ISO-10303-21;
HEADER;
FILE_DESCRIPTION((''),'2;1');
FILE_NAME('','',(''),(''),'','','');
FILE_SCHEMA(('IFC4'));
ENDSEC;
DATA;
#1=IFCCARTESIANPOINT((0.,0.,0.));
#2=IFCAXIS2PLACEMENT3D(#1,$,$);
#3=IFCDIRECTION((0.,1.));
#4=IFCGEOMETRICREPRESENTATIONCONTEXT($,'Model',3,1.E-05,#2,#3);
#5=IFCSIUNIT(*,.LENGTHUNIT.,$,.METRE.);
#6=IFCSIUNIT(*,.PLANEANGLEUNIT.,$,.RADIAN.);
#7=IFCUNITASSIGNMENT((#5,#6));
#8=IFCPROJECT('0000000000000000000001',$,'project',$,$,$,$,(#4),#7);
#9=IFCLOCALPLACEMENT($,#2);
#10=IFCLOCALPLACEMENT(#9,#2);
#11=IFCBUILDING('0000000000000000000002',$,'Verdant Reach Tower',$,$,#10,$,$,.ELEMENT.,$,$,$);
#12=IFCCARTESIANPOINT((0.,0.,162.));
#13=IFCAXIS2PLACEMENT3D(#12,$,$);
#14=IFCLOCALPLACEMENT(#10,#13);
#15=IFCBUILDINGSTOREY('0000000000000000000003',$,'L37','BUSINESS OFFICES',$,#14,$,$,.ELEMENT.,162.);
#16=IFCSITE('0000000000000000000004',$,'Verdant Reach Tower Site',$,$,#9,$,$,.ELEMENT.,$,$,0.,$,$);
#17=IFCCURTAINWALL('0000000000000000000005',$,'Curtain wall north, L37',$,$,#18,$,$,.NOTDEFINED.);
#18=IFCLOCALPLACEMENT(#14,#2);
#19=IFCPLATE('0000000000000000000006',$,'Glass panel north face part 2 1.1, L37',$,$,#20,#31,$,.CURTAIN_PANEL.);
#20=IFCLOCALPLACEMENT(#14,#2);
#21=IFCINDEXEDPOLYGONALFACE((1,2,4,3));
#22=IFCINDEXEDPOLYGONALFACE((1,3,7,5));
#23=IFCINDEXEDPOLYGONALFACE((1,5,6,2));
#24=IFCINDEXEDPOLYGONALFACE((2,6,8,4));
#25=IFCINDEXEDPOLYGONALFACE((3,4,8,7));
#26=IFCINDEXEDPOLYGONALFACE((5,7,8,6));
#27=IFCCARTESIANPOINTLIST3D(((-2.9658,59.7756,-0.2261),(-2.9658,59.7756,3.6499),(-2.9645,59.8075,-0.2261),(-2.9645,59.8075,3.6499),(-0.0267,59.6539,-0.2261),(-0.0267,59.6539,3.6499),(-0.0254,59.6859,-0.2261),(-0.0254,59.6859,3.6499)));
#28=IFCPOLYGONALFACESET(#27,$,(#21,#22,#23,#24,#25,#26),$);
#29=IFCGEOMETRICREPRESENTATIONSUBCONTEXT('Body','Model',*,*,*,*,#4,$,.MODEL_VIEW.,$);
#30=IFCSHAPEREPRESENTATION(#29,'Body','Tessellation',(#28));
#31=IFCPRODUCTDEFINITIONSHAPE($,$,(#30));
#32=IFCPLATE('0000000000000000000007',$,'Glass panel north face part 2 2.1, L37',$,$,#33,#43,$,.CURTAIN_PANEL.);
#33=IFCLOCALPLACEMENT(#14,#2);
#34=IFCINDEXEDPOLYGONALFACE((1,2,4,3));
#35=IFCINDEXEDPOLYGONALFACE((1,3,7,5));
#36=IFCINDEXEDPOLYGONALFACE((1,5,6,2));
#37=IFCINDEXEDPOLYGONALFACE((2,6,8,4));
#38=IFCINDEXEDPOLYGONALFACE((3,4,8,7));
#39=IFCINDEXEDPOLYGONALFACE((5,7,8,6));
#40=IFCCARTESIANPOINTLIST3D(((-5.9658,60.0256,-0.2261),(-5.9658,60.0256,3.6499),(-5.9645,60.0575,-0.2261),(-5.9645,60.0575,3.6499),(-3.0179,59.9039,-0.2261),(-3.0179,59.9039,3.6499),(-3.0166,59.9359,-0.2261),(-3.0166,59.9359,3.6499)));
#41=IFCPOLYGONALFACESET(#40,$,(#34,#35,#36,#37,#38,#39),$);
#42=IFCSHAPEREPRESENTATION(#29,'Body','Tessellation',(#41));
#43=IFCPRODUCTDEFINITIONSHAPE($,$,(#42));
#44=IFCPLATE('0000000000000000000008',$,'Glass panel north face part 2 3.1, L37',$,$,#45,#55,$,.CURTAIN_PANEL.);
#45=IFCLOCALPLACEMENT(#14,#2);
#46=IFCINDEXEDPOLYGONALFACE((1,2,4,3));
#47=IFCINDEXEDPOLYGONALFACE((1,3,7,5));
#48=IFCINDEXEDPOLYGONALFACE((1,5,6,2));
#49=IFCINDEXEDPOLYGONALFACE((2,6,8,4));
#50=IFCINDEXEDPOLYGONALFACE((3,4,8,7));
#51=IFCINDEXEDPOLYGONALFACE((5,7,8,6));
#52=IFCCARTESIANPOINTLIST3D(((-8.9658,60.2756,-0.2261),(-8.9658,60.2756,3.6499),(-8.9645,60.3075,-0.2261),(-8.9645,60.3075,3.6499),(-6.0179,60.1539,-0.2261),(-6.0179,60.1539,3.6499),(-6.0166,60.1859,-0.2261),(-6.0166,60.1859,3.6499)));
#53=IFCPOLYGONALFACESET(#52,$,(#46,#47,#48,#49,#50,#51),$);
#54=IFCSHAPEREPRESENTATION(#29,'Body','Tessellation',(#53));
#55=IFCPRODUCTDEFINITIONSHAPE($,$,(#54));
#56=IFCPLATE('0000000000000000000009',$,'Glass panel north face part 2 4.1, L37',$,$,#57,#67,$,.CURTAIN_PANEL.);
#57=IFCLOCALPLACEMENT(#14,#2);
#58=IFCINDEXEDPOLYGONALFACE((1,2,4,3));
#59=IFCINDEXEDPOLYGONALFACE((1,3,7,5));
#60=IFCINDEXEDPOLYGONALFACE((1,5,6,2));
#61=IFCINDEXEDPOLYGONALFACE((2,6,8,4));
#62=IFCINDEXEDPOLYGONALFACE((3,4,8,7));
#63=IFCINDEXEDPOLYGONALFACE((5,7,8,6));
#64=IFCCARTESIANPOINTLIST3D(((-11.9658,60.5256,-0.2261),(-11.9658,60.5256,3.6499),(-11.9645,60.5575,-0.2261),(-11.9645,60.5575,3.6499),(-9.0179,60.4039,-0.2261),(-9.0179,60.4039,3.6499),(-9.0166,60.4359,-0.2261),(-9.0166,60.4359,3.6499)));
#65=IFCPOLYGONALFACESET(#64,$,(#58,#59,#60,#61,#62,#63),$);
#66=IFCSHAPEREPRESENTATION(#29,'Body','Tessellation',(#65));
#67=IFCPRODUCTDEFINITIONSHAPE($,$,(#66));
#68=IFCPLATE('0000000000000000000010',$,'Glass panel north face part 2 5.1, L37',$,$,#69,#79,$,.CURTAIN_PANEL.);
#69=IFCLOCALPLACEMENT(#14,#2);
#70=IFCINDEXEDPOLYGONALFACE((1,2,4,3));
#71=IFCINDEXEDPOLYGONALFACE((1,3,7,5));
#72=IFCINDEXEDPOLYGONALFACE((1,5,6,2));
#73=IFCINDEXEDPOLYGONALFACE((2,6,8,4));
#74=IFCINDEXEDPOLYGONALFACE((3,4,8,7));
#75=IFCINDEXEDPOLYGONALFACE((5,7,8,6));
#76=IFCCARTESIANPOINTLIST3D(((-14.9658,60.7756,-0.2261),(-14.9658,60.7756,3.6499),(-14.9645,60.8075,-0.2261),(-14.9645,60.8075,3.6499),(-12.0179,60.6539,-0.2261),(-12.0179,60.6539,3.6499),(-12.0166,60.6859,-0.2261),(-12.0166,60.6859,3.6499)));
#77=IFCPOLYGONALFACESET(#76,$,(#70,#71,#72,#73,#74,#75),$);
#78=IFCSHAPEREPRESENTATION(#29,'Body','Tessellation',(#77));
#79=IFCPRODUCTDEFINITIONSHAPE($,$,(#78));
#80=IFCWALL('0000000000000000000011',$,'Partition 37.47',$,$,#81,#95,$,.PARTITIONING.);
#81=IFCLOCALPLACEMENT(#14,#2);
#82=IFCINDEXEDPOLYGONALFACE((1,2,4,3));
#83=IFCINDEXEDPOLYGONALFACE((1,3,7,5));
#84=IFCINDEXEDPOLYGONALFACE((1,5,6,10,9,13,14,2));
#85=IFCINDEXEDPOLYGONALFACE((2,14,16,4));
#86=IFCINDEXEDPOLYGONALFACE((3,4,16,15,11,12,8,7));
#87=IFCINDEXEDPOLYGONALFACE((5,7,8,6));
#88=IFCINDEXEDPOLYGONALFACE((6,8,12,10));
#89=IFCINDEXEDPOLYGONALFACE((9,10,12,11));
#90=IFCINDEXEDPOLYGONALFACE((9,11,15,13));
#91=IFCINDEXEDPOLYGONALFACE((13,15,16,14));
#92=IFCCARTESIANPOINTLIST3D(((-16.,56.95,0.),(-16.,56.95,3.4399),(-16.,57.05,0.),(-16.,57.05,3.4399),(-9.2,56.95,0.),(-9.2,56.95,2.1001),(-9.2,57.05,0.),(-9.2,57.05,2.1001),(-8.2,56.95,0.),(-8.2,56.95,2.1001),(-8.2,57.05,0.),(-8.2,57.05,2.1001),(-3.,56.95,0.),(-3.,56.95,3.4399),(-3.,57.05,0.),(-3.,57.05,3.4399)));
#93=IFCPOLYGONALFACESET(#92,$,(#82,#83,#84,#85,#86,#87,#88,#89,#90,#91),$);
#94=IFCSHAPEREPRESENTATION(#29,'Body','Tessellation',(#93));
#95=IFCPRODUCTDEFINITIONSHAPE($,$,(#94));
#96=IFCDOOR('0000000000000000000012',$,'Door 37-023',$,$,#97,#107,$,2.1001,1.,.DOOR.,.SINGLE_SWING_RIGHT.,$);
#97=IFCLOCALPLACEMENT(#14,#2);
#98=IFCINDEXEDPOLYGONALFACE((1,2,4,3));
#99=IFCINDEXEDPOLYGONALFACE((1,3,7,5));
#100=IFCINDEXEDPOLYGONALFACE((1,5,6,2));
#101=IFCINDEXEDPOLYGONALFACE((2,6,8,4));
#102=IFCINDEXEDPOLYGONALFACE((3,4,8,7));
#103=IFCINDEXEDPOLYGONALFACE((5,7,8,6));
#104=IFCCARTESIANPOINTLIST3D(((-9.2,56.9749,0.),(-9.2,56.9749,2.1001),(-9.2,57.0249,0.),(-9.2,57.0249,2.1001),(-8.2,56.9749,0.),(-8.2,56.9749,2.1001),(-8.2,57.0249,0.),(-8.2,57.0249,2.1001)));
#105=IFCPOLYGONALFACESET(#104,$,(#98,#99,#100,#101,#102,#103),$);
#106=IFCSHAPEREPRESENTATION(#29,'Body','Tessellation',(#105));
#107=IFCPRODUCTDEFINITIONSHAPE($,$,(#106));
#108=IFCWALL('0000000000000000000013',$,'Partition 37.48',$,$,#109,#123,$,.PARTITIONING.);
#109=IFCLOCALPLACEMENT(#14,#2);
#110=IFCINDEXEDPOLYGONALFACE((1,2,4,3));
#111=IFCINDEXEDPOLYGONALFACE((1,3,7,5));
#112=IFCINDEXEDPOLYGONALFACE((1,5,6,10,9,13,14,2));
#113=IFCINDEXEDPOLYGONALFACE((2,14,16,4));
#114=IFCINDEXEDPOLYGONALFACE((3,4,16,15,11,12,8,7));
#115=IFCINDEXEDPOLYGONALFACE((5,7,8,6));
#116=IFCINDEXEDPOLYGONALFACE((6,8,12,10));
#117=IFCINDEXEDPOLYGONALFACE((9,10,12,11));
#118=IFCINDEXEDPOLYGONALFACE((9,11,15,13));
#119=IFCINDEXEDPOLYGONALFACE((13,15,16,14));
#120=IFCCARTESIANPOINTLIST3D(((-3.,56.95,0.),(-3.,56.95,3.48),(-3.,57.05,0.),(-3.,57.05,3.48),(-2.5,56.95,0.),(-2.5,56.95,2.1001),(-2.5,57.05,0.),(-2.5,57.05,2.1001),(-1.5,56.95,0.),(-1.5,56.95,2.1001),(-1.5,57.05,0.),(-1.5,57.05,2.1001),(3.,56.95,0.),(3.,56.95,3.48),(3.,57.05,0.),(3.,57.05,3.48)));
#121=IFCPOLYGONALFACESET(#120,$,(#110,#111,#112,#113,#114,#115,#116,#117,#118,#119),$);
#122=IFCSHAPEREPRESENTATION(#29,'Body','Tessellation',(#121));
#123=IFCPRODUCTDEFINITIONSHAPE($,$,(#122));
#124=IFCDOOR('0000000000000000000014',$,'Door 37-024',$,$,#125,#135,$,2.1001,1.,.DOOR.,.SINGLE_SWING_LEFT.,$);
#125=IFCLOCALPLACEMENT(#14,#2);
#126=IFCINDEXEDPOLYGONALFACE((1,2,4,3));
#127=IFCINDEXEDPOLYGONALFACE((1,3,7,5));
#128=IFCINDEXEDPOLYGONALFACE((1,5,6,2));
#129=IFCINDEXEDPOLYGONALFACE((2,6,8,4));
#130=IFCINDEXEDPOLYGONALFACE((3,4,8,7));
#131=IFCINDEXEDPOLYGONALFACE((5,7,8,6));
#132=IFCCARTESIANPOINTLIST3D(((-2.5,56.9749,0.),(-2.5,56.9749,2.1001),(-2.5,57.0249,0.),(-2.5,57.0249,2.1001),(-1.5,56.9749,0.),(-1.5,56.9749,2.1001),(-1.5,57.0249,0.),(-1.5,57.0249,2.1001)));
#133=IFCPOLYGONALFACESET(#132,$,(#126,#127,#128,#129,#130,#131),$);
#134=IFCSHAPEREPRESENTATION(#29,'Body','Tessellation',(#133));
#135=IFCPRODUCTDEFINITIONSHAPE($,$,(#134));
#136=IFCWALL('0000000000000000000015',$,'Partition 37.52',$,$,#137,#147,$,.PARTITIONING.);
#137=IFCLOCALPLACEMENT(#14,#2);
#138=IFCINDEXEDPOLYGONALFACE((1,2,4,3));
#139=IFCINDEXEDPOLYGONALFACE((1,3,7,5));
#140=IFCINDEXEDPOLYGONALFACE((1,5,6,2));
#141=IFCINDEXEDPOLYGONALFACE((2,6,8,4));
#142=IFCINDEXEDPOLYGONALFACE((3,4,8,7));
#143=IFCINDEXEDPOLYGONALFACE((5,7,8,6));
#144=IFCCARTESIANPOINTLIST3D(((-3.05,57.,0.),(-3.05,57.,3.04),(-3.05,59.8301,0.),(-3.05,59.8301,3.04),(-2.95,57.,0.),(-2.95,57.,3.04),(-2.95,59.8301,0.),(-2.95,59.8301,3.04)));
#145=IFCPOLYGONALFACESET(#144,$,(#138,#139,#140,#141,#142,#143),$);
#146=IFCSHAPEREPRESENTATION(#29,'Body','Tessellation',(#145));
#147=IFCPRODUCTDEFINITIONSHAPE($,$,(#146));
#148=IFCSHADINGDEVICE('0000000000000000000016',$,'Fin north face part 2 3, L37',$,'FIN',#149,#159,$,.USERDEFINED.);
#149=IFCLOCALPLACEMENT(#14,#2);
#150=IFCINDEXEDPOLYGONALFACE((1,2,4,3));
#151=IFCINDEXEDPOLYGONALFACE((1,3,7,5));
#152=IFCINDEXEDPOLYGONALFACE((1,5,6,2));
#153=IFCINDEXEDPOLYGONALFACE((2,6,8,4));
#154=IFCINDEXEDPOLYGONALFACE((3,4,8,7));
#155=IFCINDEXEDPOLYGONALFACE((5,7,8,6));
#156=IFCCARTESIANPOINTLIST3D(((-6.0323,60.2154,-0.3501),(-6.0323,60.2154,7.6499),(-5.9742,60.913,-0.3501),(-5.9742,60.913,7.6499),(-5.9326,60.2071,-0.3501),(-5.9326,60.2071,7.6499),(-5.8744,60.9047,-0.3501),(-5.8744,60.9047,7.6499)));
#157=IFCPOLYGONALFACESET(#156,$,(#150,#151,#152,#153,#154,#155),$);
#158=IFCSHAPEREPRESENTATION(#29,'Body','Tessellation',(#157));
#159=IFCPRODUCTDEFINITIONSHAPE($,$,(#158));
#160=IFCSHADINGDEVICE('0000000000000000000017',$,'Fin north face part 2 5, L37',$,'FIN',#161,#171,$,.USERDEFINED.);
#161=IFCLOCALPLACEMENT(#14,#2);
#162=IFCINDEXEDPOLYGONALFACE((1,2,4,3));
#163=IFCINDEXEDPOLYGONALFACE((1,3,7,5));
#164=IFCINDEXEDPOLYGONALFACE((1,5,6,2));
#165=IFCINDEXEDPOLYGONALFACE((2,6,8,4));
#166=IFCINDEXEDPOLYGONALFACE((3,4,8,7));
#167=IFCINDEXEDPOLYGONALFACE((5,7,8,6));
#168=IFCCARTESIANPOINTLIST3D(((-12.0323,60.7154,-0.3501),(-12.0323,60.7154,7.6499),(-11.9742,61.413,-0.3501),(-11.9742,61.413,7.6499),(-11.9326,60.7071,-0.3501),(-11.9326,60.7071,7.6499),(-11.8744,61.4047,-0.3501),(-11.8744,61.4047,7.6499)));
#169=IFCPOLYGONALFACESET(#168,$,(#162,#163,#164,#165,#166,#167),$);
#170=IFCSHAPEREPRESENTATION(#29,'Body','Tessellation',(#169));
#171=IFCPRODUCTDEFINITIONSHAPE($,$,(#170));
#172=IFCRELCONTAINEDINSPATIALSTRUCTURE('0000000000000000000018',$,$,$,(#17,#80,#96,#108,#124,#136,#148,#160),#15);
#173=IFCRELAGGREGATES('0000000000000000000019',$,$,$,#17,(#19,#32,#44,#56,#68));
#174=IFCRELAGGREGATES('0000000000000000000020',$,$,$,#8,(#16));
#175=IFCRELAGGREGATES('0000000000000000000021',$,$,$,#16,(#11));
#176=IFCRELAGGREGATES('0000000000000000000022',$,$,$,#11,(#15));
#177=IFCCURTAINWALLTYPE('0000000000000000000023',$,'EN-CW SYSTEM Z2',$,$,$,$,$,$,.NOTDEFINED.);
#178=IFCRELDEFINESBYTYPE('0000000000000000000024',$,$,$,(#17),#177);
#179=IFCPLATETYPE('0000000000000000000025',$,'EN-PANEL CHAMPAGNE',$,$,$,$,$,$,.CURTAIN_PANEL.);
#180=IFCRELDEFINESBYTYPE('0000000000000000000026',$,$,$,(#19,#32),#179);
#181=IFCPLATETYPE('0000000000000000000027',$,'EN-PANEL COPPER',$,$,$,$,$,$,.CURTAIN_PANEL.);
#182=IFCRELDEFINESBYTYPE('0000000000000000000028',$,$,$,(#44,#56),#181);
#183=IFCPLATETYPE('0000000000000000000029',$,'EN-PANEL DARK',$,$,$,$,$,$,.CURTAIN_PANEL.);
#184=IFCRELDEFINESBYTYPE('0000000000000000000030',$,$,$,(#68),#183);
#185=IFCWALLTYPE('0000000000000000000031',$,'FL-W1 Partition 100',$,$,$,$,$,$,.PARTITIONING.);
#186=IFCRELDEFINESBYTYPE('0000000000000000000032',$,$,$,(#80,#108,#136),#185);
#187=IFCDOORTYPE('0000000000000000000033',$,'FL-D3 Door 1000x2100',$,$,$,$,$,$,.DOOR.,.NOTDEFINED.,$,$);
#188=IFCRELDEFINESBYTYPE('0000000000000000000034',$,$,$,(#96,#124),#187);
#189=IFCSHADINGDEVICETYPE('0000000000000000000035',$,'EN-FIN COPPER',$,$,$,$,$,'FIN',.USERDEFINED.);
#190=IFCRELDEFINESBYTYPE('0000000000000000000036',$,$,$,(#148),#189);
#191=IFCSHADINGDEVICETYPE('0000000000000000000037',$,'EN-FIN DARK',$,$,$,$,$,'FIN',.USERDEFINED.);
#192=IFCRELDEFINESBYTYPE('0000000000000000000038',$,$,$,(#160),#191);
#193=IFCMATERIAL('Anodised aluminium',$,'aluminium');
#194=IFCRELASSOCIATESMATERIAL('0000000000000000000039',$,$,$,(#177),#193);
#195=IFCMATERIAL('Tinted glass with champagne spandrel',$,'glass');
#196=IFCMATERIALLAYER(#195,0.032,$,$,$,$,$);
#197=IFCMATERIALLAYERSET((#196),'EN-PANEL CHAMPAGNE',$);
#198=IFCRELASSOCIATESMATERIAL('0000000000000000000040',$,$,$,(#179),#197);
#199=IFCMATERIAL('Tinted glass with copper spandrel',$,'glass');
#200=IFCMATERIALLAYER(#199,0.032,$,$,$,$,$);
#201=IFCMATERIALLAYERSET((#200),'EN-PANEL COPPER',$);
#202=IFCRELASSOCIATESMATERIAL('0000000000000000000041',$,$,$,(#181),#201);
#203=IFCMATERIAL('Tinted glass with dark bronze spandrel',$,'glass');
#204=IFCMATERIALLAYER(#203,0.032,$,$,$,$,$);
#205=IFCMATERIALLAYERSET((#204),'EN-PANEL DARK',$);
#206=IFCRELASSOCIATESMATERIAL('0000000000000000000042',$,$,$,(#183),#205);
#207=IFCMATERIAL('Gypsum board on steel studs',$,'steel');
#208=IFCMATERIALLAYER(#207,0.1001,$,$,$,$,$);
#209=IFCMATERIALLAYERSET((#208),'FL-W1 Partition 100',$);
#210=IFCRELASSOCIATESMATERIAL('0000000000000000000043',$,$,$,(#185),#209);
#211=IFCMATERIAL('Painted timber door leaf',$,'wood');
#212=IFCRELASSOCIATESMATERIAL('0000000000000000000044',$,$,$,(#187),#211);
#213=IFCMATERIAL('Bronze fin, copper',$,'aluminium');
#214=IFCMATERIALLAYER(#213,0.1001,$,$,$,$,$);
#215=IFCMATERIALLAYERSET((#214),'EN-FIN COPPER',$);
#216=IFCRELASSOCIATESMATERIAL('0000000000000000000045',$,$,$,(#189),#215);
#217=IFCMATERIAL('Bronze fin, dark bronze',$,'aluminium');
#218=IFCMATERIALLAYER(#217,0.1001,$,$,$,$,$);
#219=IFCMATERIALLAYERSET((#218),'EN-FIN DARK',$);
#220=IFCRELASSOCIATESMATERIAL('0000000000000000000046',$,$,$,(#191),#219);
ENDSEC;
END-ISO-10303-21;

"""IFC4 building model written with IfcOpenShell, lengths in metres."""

from ifc_helpers import new_model, si_unit, direction, frame, frame_2d, origin, origin_2d, place, context, subcontext, project, spatial, rectangle, extrude, material, layer, layer_set, type_object, element, fill, aggregate, save


model = new_model("IFC4")

# Units and contexts
model_context = context("Model", 3, precision=1e-05, world=origin(), true_north=direction((0.0, 1.0)))
body_context = subcontext(model_context, "Body", "Model", "MODEL_VIEW")
ifc_project = project(units=[si_unit("LENGTHUNIT", "METRE"), si_unit("PLANEANGLEUNIT", "RADIAN")], contexts=[model_context])

# Site, building, storey
site_placement = place(None, origin())
site = spatial("IfcSite", under=ifc_project, at=site_placement, Name="Verdant Reach Tower Site", CompositionType="ELEMENT", RefElevation=0.0)
building_placement = place(site_placement, origin())
building = spatial("IfcBuilding", under=site, at=building_placement, Name="Verdant Reach Tower", CompositionType="ELEMENT")
storey_placement = place(building_placement, frame((0.0, 0.0, 162.0)))
storey = spatial("IfcBuildingStorey", under=building, at=storey_placement, Name="L37", Description="BUSINESS OFFICES", CompositionType="ELEMENT", Elevation=162.0)

# Curtain wall
ifc_material_1 = material(Name="Anodised aluminium", Category="aluminium")
curtain_wall_type = type_object("IfcCurtainWallType", Name="EN-CW SYSTEM Z2", PredefinedType="NOTDEFINED", material=ifc_material_1)
curtain_wall_placement = place(storey_placement, origin())
curtain_wall = element("IfcCurtainWall", 1, at=curtain_wall_placement, inside=storey, type_object=curtain_wall_type, Name="Curtain wall north, L37", PredefinedType="NOTDEFINED")

# Plates
ifc_material_2 = material(Name="Tinted glass with champagne spandrel", Category="glass")
ifc_layer_1 = layer(ifc_material_2, 0.032)
ifc_layer_set_1 = layer_set([ifc_layer_1], Name="EN-PANEL CHAMPAGNE")
plate_type_1 = type_object("IfcPlateType", Name="EN-PANEL CHAMPAGNE", PredefinedType="CURTAIN_PANEL", material=ifc_layer_set_1)
plate_1_placement = place(storey_placement, frame((-1.4956, 59.7307, -0.2261), z_axis=(0.0, 0.0, 1.0), x_axis=(-0.999144, 0.041364, 0.0)))
plate_1 = element("IfcPlate", 2, at=plate_1_placement, type_object=plate_type_1, Name="Glass panel north face part 2 1.1, L37", PredefinedType="CURTAIN_PANEL", context=body_context, shape_type="SweptSolid", body=[
    extrude(rectangle(XDim=2.9417, YDim=0.032, at=origin_2d()), origin(), (0.0, 0.0, 1.0), 3.876),
])
plate_2_placement = place(storey_placement, frame((-4.4912, 59.9807, -0.2261), z_axis=(0.0, 0.0, 1.0), x_axis=(-0.999149, 0.041242, 0.0)))
plate_2 = element("IfcPlate", 3, at=plate_2_placement, type_object=plate_type_1, Name="Glass panel north face part 2 2.1, L37", PredefinedType="CURTAIN_PANEL", context=body_context, shape_type="SweptSolid", body=[
    extrude(rectangle(XDim=2.9504, YDim=0.032, at=origin_2d()), origin(), (0.0, 0.0, 1.0), 3.876),
])
ifc_material_3 = material(Name="Tinted glass with copper spandrel", Category="glass")
ifc_layer_2 = layer(ifc_material_3, 0.032)
ifc_layer_set_2 = layer_set([ifc_layer_2], Name="EN-PANEL COPPER")
plate_type_2 = type_object("IfcPlateType", Name="EN-PANEL COPPER", PredefinedType="CURTAIN_PANEL", material=ifc_layer_set_2)
plate_3_placement = place(storey_placement, frame((-7.4912, 60.2307, -0.2261), z_axis=(0.0, 0.0, 1.0), x_axis=(-0.999149, 0.041242, 0.0)))
plate_3 = element("IfcPlate", 4, at=plate_3_placement, type_object=plate_type_2, Name="Glass panel north face part 2 3.1, L37", PredefinedType="CURTAIN_PANEL", context=body_context, shape_type="SweptSolid", body=[
    extrude(rectangle(XDim=2.9504, YDim=0.032, at=origin_2d()), origin(), (0.0, 0.0, 1.0), 3.876),
])
plate_4_placement = place(storey_placement, frame((-10.4912, 60.4807, -0.2261), z_axis=(0.0, 0.0, 1.0), x_axis=(-0.999149, 0.041242, 0.0)))
plate_4 = element("IfcPlate", 5, at=plate_4_placement, type_object=plate_type_2, Name="Glass panel north face part 2 4.1, L37", PredefinedType="CURTAIN_PANEL", context=body_context, shape_type="SweptSolid", body=[
    extrude(rectangle(XDim=2.9504, YDim=0.032, at=origin_2d()), origin(), (0.0, 0.0, 1.0), 3.876),
])
ifc_material_4 = material(Name="Tinted glass with dark bronze spandrel", Category="glass")
ifc_layer_3 = layer(ifc_material_4, 0.032)
ifc_layer_set_3 = layer_set([ifc_layer_3], Name="EN-PANEL DARK")
plate_type_3 = type_object("IfcPlateType", Name="EN-PANEL DARK", PredefinedType="CURTAIN_PANEL", material=ifc_layer_set_3)
plate_5_placement = place(storey_placement, frame((-13.4912, 60.7307, -0.2261), z_axis=(0.0, 0.0, 1.0), x_axis=(-0.999149, 0.041242, 0.0)))
plate_5 = element("IfcPlate", 6, at=plate_5_placement, type_object=plate_type_3, Name="Glass panel north face part 2 5.1, L37", PredefinedType="CURTAIN_PANEL", context=body_context, shape_type="SweptSolid", body=[
    extrude(rectangle(XDim=2.9504, YDim=0.032, at=origin_2d()), origin(), (0.0, 0.0, 1.0), 3.876),
])
aggregate(curtain_wall, [plate_1, plate_2, plate_3, plate_4, plate_5])

# Walls, openings, doors
ifc_material_5 = material(Name="Gypsum board on steel studs", Category="steel")
ifc_layer_4 = layer(ifc_material_5, 0.1001)
ifc_layer_set_4 = layer_set([ifc_layer_4], Name="FL-W1 Partition 100")
wall_type = type_object("IfcWallType", Name="FL-W1 Partition 100", PredefinedType="PARTITIONING", material=ifc_layer_set_4)
wall_1_placement = place(storey_placement, frame((-16.0, 57.0, 0.0), z_axis=(0.0, 0.0, 1.0), x_axis=(1.0, 0.0, 0.0)))
wall_1 = element("IfcWall", 7, at=wall_1_placement, inside=storey, type_object=wall_type, Name="Partition 37.47", PredefinedType="PARTITIONING", context=body_context, shape_type="SweptSolid", body=[
    extrude(rectangle(XDim=13.0, YDim=0.1001, at=frame_2d((6.5, 0.0))), origin(), (0.0, 0.0, 1.0), 3.4399),
])
opening_1_placement = place(wall_1_placement, frame((6.8, 0.0, 0.0)))
opening_1 = element("IfcOpeningElement", 8, at=opening_1_placement, cuts=wall_1, PredefinedType="OPENING", context=body_context, shape_type="SweptSolid", body=[
    extrude(rectangle(XDim=1.0, YDim=2.1001, at=frame_2d((0.5, 1.05))), frame((0.0, 0.0601, 0.0), z_axis=(0.0, -1.0, 0.0), x_axis=(1.0, 0.0, 0.0)), (0.0, 0.0, 1.0), 0.1201),
])
ifc_material_6 = material(Name="Painted timber door leaf", Category="wood")
door_type = type_object("IfcDoorType", Name="FL-D3 Door 1000x2100", OperationType="NOTDEFINED", PredefinedType="DOOR", material=ifc_material_6)
door_1_placement = place(opening_1_placement, origin())
door_1 = element("IfcDoor", 9, at=door_1_placement, inside=storey, type_object=door_type, Name="Door 37-023", OperationType="SINGLE_SWING_RIGHT", OverallHeight=2.1001, OverallWidth=1.0, PredefinedType="DOOR", context=body_context, shape_type="SweptSolid", body=[
    extrude(rectangle(XDim=1.0, YDim=2.1001, at=frame_2d((0.5, 1.05))), frame((0.0, 0.0249, 0.0), z_axis=(0.0, -1.0, 0.0), x_axis=(1.0, 0.0, 0.0)), (0.0, 0.0, 1.0), 0.05),
])
fill(opening_1, door_1)
wall_2_placement = place(storey_placement, frame((-3.0, 57.0, 0.0), z_axis=(0.0, 0.0, 1.0), x_axis=(1.0, 0.0, 0.0)))
wall_2 = element("IfcWall", 10, at=wall_2_placement, inside=storey, type_object=wall_type, Name="Partition 37.48", PredefinedType="PARTITIONING", context=body_context, shape_type="SweptSolid", body=[
    extrude(rectangle(XDim=6.0, YDim=0.1001, at=frame_2d((3.0, 0.0))), origin(), (0.0, 0.0, 1.0), 3.48),
])
opening_2_placement = place(wall_2_placement, frame((0.5, 0.0, 0.0)))
opening_2 = element("IfcOpeningElement", 11, at=opening_2_placement, cuts=wall_2, PredefinedType="OPENING", context=body_context, shape_type="SweptSolid", body=[
    extrude(rectangle(XDim=1.0, YDim=2.1001, at=frame_2d((0.5, 1.05))), frame((0.0, 0.0601, 0.0), z_axis=(0.0, -1.0, 0.0), x_axis=(1.0, 0.0, 0.0)), (0.0, 0.0, 1.0), 0.1201),
])
door_2_placement = place(opening_2_placement, origin())
door_2 = element("IfcDoor", 12, at=door_2_placement, inside=storey, type_object=door_type, Name="Door 37-024", OperationType="SINGLE_SWING_LEFT", OverallHeight=2.1001, OverallWidth=1.0, PredefinedType="DOOR", context=body_context, shape_type="SweptSolid", body=[
    extrude(rectangle(XDim=1.0, YDim=2.1001, at=frame_2d((0.5, 1.05))), frame((0.0, 0.0249, 0.0), z_axis=(0.0, -1.0, 0.0), x_axis=(1.0, 0.0, 0.0)), (0.0, 0.0, 1.0), 0.05),
])
fill(opening_2, door_2)

# Wall
wall_3_placement = place(storey_placement, frame((-3.0, 57.0, 0.0), z_axis=(0.0, 0.0, 1.0), x_axis=(0.0, 1.0, 0.0)))
element("IfcWall", 13, at=wall_3_placement, inside=storey, type_object=wall_type, Name="Partition 37.52", PredefinedType="PARTITIONING", context=body_context, shape_type="SweptSolid", body=[
    extrude(rectangle(XDim=2.8301, YDim=0.1001, at=frame_2d((1.415, 0.0))), origin(), (0.0, 0.0, 1.0), 3.04),
])

# Shading devices
ifc_material_7 = material(Name="Bronze fin, copper", Category="aluminium")
ifc_layer_5 = layer(ifc_material_7, 0.1001)
ifc_layer_set_5 = layer_set([ifc_layer_5], Name="EN-FIN COPPER")
shading_device_type_1 = type_object("IfcShadingDeviceType", Name="EN-FIN COPPER", ElementType="FIN", PredefinedType="USERDEFINED", material=ifc_layer_set_5)
shading_device_1_placement = place(storey_placement, frame((-5.9534, 60.5601, -0.3501), z_axis=(0.0, 0.0, 1.0), x_axis=(-0.996546, 0.083045, 0.0)))
element("IfcShadingDevice", 14, at=shading_device_1_placement, inside=storey, type_object=shading_device_type_1, Name="Fin north face part 2 3, L37", ObjectType="FIN", PredefinedType="USERDEFINED", context=body_context, shape_type="SweptSolid", body=[
    extrude(rectangle(XDim=0.1001, YDim=0.7, at=origin_2d()), origin(), (0.0, 0.0, 1.0), 8.0),
])
ifc_material_8 = material(Name="Bronze fin, dark bronze", Category="aluminium")
ifc_layer_6 = layer(ifc_material_8, 0.1001)
ifc_layer_set_6 = layer_set([ifc_layer_6], Name="EN-FIN DARK")
shading_device_type_2 = type_object("IfcShadingDeviceType", Name="EN-FIN DARK", ElementType="FIN", PredefinedType="USERDEFINED", material=ifc_layer_set_6)
shading_device_2_placement = place(storey_placement, frame((-11.9534, 61.0601, -0.3501), z_axis=(0.0, 0.0, 1.0), x_axis=(-0.996546, 0.083045, 0.0)))
element("IfcShadingDevice", 15, at=shading_device_2_placement, inside=storey, type_object=shading_device_type_2, Name="Fin north face part 2 5, L37", ObjectType="FIN", PredefinedType="USERDEFINED", context=body_context, shape_type="SweptSolid", body=[
    extrude(rectangle(XDim=0.1001, YDim=0.7, at=origin_2d()), origin(), (0.0, 0.0, 1.0), 8.0),
])

save(model, "model.ifc")
